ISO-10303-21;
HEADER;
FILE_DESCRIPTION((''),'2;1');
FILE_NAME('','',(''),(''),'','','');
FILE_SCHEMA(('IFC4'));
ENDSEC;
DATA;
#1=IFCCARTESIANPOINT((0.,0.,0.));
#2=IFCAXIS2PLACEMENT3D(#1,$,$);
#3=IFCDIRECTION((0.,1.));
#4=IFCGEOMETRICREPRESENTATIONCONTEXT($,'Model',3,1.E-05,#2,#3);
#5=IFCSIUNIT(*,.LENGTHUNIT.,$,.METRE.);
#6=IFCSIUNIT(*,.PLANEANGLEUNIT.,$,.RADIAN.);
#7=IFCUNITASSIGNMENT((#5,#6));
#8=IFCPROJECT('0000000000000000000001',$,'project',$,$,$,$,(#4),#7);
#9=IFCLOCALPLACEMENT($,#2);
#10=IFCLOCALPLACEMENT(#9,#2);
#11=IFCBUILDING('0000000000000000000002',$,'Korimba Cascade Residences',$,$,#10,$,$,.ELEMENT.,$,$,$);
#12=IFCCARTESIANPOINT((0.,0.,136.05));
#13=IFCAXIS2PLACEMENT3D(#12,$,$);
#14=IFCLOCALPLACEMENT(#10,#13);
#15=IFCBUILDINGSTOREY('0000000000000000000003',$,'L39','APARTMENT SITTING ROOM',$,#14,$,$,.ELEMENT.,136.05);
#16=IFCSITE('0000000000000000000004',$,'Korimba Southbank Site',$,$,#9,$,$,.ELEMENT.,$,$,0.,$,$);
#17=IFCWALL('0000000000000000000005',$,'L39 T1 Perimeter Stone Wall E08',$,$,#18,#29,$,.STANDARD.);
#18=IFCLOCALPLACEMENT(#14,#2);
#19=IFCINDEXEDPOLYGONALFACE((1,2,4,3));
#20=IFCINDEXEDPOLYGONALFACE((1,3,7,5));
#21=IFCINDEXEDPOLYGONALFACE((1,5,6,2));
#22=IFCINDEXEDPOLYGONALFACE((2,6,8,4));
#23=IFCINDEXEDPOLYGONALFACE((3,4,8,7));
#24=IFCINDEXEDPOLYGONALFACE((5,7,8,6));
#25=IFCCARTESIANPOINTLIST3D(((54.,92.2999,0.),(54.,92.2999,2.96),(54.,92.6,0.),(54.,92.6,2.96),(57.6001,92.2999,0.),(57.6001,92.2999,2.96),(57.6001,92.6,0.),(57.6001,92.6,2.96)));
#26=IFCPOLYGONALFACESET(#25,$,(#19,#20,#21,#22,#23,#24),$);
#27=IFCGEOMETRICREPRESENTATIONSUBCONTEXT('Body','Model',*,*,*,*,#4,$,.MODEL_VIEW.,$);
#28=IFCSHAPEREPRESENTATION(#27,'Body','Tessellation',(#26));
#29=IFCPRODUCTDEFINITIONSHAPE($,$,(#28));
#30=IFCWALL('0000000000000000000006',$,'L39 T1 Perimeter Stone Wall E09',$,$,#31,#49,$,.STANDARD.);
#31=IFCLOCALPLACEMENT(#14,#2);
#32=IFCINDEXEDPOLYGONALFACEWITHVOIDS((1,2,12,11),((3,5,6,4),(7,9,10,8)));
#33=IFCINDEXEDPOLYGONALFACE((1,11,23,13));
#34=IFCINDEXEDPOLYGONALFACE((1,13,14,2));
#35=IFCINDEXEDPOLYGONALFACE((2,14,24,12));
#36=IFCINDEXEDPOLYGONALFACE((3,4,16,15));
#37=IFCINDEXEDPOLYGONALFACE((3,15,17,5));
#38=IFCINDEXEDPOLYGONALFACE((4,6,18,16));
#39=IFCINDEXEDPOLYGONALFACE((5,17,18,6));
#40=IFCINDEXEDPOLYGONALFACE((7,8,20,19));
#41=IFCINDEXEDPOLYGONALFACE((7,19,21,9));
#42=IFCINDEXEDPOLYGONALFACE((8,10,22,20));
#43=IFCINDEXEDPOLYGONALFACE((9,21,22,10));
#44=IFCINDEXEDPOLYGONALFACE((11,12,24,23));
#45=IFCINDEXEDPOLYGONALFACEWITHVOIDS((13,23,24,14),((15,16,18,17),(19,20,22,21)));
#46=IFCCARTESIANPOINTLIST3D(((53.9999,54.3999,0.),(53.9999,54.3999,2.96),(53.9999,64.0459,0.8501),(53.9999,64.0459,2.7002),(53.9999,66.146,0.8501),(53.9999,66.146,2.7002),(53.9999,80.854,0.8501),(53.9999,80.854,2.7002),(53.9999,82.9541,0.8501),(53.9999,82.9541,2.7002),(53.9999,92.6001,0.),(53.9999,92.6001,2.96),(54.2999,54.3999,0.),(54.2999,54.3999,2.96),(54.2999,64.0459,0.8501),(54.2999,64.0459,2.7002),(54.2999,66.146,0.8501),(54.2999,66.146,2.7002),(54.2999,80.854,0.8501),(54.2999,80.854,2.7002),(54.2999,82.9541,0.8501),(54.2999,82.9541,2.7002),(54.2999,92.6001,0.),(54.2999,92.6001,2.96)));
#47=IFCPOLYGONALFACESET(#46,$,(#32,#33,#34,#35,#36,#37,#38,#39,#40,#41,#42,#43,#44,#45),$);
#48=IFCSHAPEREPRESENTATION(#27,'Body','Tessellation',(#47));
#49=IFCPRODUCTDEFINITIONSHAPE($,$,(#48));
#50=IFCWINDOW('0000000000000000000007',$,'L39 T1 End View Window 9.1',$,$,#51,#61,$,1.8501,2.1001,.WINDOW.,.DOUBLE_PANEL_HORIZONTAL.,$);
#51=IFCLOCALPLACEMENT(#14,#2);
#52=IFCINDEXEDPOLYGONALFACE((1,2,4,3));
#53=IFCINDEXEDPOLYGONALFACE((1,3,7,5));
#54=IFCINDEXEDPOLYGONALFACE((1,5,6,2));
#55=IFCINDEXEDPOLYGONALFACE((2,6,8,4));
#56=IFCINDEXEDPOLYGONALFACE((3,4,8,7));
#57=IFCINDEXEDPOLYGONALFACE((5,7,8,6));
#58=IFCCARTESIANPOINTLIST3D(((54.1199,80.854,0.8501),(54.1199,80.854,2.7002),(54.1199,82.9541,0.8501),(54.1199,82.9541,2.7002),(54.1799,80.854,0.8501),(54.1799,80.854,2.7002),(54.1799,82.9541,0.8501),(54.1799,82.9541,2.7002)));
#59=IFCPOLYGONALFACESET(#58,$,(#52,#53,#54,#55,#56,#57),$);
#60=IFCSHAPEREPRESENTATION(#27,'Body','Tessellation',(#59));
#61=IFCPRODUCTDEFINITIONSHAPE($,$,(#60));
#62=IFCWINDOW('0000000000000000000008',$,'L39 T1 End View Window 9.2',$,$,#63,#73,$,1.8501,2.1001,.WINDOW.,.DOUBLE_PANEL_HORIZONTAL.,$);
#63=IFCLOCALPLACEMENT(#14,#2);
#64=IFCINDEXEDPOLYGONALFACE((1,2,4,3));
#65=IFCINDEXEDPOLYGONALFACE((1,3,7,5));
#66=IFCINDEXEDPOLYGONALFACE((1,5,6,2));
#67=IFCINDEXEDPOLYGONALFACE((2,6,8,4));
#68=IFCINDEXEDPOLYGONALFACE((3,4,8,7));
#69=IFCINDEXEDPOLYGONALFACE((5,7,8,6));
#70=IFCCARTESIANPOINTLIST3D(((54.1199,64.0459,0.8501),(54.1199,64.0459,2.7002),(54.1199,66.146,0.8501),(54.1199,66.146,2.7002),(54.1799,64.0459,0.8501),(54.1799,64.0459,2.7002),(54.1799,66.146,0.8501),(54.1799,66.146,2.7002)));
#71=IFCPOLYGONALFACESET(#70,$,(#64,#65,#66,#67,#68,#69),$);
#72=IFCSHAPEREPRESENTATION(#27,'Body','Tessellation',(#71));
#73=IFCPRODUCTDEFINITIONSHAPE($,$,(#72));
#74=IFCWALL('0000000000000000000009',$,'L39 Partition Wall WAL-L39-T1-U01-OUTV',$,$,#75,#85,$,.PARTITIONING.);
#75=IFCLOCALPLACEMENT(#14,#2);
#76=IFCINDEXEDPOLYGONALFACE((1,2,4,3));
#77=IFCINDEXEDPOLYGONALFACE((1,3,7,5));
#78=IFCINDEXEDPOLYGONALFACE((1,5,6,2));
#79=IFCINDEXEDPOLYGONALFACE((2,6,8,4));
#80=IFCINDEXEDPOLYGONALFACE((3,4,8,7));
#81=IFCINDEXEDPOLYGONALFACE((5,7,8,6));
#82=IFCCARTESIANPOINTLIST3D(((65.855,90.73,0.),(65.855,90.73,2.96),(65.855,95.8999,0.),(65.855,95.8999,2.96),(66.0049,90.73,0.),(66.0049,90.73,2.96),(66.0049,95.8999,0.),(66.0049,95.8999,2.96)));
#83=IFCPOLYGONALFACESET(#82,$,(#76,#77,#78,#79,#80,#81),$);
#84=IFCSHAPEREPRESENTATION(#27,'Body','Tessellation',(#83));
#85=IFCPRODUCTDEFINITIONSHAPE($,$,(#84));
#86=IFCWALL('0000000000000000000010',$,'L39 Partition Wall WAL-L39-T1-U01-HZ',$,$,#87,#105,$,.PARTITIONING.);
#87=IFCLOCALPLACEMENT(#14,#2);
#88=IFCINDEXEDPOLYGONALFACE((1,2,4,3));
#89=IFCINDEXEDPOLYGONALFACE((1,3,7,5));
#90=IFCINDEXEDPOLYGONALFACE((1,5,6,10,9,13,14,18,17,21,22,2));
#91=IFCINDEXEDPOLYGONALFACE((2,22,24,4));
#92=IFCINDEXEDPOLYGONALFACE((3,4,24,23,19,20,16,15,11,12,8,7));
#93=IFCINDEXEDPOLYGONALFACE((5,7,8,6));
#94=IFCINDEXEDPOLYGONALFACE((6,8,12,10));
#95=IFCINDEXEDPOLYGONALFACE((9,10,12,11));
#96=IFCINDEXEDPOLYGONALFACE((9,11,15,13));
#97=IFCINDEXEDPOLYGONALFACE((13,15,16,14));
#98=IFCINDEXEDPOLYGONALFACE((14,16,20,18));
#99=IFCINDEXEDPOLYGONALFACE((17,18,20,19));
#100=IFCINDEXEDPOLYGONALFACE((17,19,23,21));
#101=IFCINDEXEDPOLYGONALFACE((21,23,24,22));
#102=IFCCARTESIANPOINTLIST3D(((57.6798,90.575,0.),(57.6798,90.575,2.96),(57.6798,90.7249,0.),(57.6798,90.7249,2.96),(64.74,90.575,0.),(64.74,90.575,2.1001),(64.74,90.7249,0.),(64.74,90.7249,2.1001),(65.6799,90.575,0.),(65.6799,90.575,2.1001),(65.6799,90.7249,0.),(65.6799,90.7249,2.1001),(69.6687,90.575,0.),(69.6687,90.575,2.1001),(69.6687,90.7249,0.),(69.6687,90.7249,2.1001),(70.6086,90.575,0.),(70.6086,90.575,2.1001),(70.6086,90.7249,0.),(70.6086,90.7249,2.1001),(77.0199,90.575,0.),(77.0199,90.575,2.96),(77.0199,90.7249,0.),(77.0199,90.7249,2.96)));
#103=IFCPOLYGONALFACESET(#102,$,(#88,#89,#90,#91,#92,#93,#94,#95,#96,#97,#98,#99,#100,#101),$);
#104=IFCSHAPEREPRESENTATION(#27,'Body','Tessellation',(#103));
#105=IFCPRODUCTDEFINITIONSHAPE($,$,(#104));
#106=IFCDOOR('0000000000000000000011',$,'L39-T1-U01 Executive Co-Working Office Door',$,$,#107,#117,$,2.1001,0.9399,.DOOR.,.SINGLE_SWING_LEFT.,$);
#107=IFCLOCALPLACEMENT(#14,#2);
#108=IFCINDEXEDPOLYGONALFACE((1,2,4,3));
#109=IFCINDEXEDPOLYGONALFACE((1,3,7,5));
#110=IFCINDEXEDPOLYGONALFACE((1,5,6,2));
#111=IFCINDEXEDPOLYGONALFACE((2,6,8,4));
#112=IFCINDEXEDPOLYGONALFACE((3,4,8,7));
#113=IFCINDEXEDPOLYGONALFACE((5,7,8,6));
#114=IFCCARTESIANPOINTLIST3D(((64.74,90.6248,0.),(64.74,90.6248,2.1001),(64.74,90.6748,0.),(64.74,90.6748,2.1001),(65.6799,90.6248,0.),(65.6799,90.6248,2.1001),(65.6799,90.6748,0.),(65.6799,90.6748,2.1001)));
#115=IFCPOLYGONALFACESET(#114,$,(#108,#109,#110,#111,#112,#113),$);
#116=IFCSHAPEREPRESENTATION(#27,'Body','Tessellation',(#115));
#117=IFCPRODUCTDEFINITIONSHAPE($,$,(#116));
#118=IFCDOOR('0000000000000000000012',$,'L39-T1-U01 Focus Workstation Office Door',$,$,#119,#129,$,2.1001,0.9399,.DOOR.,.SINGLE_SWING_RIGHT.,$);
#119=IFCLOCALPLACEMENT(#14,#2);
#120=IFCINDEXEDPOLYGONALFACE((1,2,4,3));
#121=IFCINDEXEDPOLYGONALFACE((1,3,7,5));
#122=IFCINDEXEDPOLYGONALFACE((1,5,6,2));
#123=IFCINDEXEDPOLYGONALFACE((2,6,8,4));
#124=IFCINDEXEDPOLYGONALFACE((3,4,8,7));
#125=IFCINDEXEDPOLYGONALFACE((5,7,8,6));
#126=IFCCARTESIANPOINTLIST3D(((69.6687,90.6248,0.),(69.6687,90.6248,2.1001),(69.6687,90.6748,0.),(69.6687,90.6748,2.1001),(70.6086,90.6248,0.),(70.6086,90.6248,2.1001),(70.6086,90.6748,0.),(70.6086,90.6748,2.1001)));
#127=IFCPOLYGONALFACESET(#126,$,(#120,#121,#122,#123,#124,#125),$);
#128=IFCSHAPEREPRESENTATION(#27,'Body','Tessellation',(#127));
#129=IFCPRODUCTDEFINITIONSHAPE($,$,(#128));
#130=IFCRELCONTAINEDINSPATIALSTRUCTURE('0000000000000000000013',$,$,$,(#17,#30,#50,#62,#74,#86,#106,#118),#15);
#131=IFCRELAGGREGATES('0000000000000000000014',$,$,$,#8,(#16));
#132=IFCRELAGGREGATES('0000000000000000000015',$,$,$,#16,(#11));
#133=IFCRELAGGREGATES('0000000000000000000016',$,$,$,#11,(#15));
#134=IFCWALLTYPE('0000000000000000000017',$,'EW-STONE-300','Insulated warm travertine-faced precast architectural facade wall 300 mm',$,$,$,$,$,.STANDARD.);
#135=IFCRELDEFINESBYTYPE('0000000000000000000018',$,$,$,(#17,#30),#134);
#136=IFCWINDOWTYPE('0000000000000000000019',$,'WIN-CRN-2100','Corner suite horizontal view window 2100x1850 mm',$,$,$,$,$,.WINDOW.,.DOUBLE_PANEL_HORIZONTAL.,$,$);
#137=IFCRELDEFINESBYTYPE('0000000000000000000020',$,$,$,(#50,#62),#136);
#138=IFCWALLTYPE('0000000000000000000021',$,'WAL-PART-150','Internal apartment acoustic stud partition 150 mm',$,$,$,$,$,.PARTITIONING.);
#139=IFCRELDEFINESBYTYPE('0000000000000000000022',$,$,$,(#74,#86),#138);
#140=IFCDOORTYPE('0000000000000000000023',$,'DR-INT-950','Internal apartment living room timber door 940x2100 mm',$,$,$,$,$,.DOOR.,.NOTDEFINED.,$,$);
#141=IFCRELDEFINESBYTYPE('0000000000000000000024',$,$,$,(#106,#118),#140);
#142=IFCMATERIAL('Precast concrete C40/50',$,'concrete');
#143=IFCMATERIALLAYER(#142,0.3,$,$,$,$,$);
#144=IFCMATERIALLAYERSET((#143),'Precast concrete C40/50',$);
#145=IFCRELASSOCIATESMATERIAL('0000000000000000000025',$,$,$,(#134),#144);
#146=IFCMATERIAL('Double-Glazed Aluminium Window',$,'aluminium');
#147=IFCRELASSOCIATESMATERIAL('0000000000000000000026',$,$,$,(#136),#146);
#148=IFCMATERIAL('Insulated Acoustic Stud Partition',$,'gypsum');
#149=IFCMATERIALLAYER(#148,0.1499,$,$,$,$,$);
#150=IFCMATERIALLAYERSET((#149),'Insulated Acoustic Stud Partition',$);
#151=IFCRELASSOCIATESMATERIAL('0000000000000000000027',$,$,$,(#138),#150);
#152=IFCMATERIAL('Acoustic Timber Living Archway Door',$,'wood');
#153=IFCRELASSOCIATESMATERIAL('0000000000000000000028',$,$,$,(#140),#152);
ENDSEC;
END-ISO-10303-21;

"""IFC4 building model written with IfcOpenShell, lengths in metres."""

from ifc_helpers import new_model, si_unit, direction, frame, frame_2d, origin, place, context, subcontext, project, spatial, rectangle, extrude, material, layer, layer_set, type_object, element, fill, save


model = new_model("IFC4")

# Units and contexts
model_context = context("Model", 3, precision=1e-05, world=origin(), true_north=direction((0.0, 1.0)))
body_context = subcontext(model_context, "Body", "Model", "MODEL_VIEW")
ifc_project = project(units=[si_unit("LENGTHUNIT", "METRE"), si_unit("PLANEANGLEUNIT", "RADIAN")], contexts=[model_context])

# Site, building, storey
site_placement = place(None, origin())
site = spatial("IfcSite", under=ifc_project, at=site_placement, Name="Korimba Southbank Site", CompositionType="ELEMENT", RefElevation=0.0)
building_placement = place(site_placement, origin())
building = spatial("IfcBuilding", under=site, at=building_placement, Name="Korimba Cascade Residences", CompositionType="ELEMENT")
storey_placement = place(building_placement, frame((0.0, 0.0, 136.05)))
storey = spatial("IfcBuildingStorey", under=building, at=storey_placement, Name="L39", Description="APARTMENT SITTING ROOM", CompositionType="ELEMENT", Elevation=136.05)

# Wall
ifc_material_1 = material(Name="Precast concrete C40/50", Category="concrete")
ifc_layer_1 = layer(ifc_material_1, 0.3)
ifc_layer_set_1 = layer_set([ifc_layer_1], Name="Precast concrete C40/50")
wall_type_1 = type_object("IfcWallType", Name="EW-STONE-300", Description="Insulated warm travertine-faced precast architectural facade wall 300 mm", PredefinedType="STANDARD", material=ifc_layer_set_1)
wall_1_placement = place(storey_placement, frame((57.6001, 92.45, 0.0), z_axis=(0.0, 0.0, 1.0), x_axis=(-1.0, 0.0, 0.0)))
element("IfcWall", 1, at=wall_1_placement, inside=storey, type_object=wall_type_1, Name="L39 T1 Perimeter Stone Wall E08", PredefinedType="STANDARD", context=body_context, shape_type="SweptSolid", body=[
    extrude(rectangle(XDim=3.6001, YDim=0.3, at=frame_2d((1.8, 0.0))), origin(), (0.0, 0.0, 1.0), 2.96),
])

# Wall, openings, windows
wall_2_placement = place(storey_placement, frame((54.1499, 92.6001, 0.0), z_axis=(0.0, 0.0, 1.0), x_axis=(0.0, -1.0, 0.0)))
wall_2 = element("IfcWall", 2, at=wall_2_placement, inside=storey, type_object=wall_type_1, Name="L39 T1 Perimeter Stone Wall E09", PredefinedType="STANDARD", context=body_context, shape_type="SweptSolid", body=[
    extrude(rectangle(XDim=38.2002, YDim=0.3, at=frame_2d((19.1001, 0.0))), origin(), (0.0, 0.0, 1.0), 2.96),
])
opening_1_placement = place(wall_2_placement, frame((9.646, 0.0, 0.8501)))
opening_1 = element("IfcOpeningElement", 3, at=opening_1_placement, cuts=wall_2, PredefinedType="OPENING", context=body_context, shape_type="SweptSolid", body=[
    extrude(rectangle(XDim=2.1001, YDim=1.8501, at=frame_2d((1.05, 0.925))), frame((0.0, 0.1602, 0.0), z_axis=(0.0, -1.0, 0.0), x_axis=(1.0, 0.0, 0.0)), (0.0, 0.0, 1.0), 0.3201),
])
opening_2_placement = place(wall_2_placement, frame((26.4541, 0.0, 0.8501)))
opening_2 = element("IfcOpeningElement", 4, at=opening_2_placement, cuts=wall_2, PredefinedType="OPENING", context=body_context, shape_type="SweptSolid", body=[
    extrude(rectangle(XDim=2.1001, YDim=1.8501, at=frame_2d((1.05, 0.925))), frame((0.0, 0.1602, 0.0), z_axis=(0.0, -1.0, 0.0), x_axis=(1.0, 0.0, 0.0)), (0.0, 0.0, 1.0), 0.3201),
])
ifc_material_2 = material(Name="Double-Glazed Aluminium Window", Category="aluminium")
window_type = type_object("IfcWindowType", Name="WIN-CRN-2100", Description="Corner suite horizontal view window 2100x1850 mm", PartitioningType="DOUBLE_PANEL_HORIZONTAL", PredefinedType="WINDOW", material=ifc_material_2)
window_1_placement = place(opening_1_placement, origin())
window_1 = element("IfcWindow", 5, at=window_1_placement, inside=storey, type_object=window_type, Name="L39 T1 End View Window 9.1", OverallHeight=1.8501, OverallWidth=2.1001, PartitioningType="DOUBLE_PANEL_HORIZONTAL", PredefinedType="WINDOW", context=body_context, shape_type="SweptSolid", body=[
    extrude(rectangle(XDim=2.1001, YDim=1.8501, at=frame_2d((1.05, 0.925))), frame((0.0, 0.03, 0.0), z_axis=(0.0, -1.0, 0.0), x_axis=(1.0, 0.0, 0.0)), (0.0, 0.0, 1.0), 0.0601),
])
fill(opening_1, window_1)
window_2_placement = place(opening_2_placement, origin())
window_2 = element("IfcWindow", 6, at=window_2_placement, inside=storey, type_object=window_type, Name="L39 T1 End View Window 9.2", OverallHeight=1.8501, OverallWidth=2.1001, PartitioningType="DOUBLE_PANEL_HORIZONTAL", PredefinedType="WINDOW", context=body_context, shape_type="SweptSolid", body=[
    extrude(rectangle(XDim=2.1001, YDim=1.8501, at=frame_2d((1.05, 0.925))), frame((0.0, 0.03, 0.0), z_axis=(0.0, -1.0, 0.0), x_axis=(1.0, 0.0, 0.0)), (0.0, 0.0, 1.0), 0.0601),
])
fill(opening_2, window_2)

# Wall
ifc_material_3 = material(Name="Insulated Acoustic Stud Partition", Category="gypsum")
ifc_layer_2 = layer(ifc_material_3, 0.1499)
ifc_layer_set_2 = layer_set([ifc_layer_2], Name="Insulated Acoustic Stud Partition")
wall_type_2 = type_object("IfcWallType", Name="WAL-PART-150", Description="Internal apartment acoustic stud partition 150 mm", PredefinedType="PARTITIONING", material=ifc_layer_set_2)
wall_3_placement = place(storey_placement, frame((65.9299, 90.73, 0.0), z_axis=(0.0, 0.0, 1.0), x_axis=(0.0, 1.0, 0.0)))
element("IfcWall", 7, at=wall_3_placement, inside=storey, type_object=wall_type_2, Name="L39 Partition Wall WAL-L39-T1-U01-OUTV", PredefinedType="PARTITIONING", context=body_context, shape_type="SweptSolid", body=[
    extrude(rectangle(XDim=5.1699, YDim=0.1499, at=frame_2d((2.585, 0.0))), origin(), (0.0, 0.0, 1.0), 2.96),
])

# Wall, openings, doors
wall_4_placement = place(storey_placement, frame((57.6799, 90.6499, 0.0), z_axis=(0.0, 0.0, 1.0), x_axis=(1.0, 0.0, 0.0)))
wall_4 = element("IfcWall", 8, at=wall_4_placement, inside=storey, type_object=wall_type_2, Name="L39 Partition Wall WAL-L39-T1-U01-HZ", PredefinedType="PARTITIONING", context=body_context, shape_type="SweptSolid", body=[
    extrude(rectangle(XDim=19.3401, YDim=0.1499, at=frame_2d((9.6699, 0.0))), origin(), (0.0, 0.0, 1.0), 2.96),
])
opening_3_placement = place(wall_4_placement, frame((7.0601, 0.0, 0.0)))
opening_3 = element("IfcOpeningElement", 9, at=opening_3_placement, cuts=wall_4, PredefinedType="OPENING", context=body_context, shape_type="SweptSolid", body=[
    extrude(rectangle(XDim=0.9399, YDim=2.1001, at=frame_2d((0.47, 1.05))), frame((0.0, 0.085, 0.0), z_axis=(0.0, -1.0, 0.0), x_axis=(1.0, 0.0, 0.0)), (0.0, 0.0, 1.0), 0.1699),
])
opening_4_placement = place(wall_4_placement, frame((11.9888, 0.0, 0.0)))
opening_4 = element("IfcOpeningElement", 10, at=opening_4_placement, cuts=wall_4, PredefinedType="OPENING", context=body_context, shape_type="SweptSolid", body=[
    extrude(rectangle(XDim=0.9399, YDim=2.1001, at=frame_2d((0.47, 1.05))), frame((0.0, 0.085, 0.0), z_axis=(0.0, -1.0, 0.0), x_axis=(1.0, 0.0, 0.0)), (0.0, 0.0, 1.0), 0.1699),
])
ifc_material_4 = material(Name="Acoustic Timber Living Archway Door", Category="wood")
door_type = type_object("IfcDoorType", Name="DR-INT-950", Description="Internal apartment living room timber door 940x2100 mm", OperationType="NOTDEFINED", PredefinedType="DOOR", material=ifc_material_4)
door_1_placement = place(opening_3_placement, origin())
door_1 = element("IfcDoor", 11, at=door_1_placement, inside=storey, type_object=door_type, Name="L39-T1-U01 Executive Co-Working Office Door", OperationType="SINGLE_SWING_LEFT", OverallHeight=2.1001, OverallWidth=0.9399, PredefinedType="DOOR", context=body_context, shape_type="SweptSolid", body=[
    extrude(rectangle(XDim=0.9399, YDim=2.1001, at=frame_2d((0.47, 1.05))), frame((0.0, 0.0249, 0.0), z_axis=(0.0, -1.0, 0.0), x_axis=(1.0, 0.0, 0.0)), (0.0, 0.0, 1.0), 0.05),
])
fill(opening_3, door_1)
door_2_placement = place(opening_4_placement, origin())
door_2 = element("IfcDoor", 12, at=door_2_placement, inside=storey, type_object=door_type, Name="L39-T1-U01 Focus Workstation Office Door", OperationType="SINGLE_SWING_RIGHT", OverallHeight=2.1001, OverallWidth=0.9399, PredefinedType="DOOR", context=body_context, shape_type="SweptSolid", body=[
    extrude(rectangle(XDim=0.9399, YDim=2.1001, at=frame_2d((0.47, 1.05))), frame((0.0, 0.0249, 0.0), z_axis=(0.0, -1.0, 0.0), x_axis=(1.0, 0.0, 0.0)), (0.0, 0.0, 1.0), 0.05),
])
fill(opening_4, door_2)

save(model, "model.ifc")
